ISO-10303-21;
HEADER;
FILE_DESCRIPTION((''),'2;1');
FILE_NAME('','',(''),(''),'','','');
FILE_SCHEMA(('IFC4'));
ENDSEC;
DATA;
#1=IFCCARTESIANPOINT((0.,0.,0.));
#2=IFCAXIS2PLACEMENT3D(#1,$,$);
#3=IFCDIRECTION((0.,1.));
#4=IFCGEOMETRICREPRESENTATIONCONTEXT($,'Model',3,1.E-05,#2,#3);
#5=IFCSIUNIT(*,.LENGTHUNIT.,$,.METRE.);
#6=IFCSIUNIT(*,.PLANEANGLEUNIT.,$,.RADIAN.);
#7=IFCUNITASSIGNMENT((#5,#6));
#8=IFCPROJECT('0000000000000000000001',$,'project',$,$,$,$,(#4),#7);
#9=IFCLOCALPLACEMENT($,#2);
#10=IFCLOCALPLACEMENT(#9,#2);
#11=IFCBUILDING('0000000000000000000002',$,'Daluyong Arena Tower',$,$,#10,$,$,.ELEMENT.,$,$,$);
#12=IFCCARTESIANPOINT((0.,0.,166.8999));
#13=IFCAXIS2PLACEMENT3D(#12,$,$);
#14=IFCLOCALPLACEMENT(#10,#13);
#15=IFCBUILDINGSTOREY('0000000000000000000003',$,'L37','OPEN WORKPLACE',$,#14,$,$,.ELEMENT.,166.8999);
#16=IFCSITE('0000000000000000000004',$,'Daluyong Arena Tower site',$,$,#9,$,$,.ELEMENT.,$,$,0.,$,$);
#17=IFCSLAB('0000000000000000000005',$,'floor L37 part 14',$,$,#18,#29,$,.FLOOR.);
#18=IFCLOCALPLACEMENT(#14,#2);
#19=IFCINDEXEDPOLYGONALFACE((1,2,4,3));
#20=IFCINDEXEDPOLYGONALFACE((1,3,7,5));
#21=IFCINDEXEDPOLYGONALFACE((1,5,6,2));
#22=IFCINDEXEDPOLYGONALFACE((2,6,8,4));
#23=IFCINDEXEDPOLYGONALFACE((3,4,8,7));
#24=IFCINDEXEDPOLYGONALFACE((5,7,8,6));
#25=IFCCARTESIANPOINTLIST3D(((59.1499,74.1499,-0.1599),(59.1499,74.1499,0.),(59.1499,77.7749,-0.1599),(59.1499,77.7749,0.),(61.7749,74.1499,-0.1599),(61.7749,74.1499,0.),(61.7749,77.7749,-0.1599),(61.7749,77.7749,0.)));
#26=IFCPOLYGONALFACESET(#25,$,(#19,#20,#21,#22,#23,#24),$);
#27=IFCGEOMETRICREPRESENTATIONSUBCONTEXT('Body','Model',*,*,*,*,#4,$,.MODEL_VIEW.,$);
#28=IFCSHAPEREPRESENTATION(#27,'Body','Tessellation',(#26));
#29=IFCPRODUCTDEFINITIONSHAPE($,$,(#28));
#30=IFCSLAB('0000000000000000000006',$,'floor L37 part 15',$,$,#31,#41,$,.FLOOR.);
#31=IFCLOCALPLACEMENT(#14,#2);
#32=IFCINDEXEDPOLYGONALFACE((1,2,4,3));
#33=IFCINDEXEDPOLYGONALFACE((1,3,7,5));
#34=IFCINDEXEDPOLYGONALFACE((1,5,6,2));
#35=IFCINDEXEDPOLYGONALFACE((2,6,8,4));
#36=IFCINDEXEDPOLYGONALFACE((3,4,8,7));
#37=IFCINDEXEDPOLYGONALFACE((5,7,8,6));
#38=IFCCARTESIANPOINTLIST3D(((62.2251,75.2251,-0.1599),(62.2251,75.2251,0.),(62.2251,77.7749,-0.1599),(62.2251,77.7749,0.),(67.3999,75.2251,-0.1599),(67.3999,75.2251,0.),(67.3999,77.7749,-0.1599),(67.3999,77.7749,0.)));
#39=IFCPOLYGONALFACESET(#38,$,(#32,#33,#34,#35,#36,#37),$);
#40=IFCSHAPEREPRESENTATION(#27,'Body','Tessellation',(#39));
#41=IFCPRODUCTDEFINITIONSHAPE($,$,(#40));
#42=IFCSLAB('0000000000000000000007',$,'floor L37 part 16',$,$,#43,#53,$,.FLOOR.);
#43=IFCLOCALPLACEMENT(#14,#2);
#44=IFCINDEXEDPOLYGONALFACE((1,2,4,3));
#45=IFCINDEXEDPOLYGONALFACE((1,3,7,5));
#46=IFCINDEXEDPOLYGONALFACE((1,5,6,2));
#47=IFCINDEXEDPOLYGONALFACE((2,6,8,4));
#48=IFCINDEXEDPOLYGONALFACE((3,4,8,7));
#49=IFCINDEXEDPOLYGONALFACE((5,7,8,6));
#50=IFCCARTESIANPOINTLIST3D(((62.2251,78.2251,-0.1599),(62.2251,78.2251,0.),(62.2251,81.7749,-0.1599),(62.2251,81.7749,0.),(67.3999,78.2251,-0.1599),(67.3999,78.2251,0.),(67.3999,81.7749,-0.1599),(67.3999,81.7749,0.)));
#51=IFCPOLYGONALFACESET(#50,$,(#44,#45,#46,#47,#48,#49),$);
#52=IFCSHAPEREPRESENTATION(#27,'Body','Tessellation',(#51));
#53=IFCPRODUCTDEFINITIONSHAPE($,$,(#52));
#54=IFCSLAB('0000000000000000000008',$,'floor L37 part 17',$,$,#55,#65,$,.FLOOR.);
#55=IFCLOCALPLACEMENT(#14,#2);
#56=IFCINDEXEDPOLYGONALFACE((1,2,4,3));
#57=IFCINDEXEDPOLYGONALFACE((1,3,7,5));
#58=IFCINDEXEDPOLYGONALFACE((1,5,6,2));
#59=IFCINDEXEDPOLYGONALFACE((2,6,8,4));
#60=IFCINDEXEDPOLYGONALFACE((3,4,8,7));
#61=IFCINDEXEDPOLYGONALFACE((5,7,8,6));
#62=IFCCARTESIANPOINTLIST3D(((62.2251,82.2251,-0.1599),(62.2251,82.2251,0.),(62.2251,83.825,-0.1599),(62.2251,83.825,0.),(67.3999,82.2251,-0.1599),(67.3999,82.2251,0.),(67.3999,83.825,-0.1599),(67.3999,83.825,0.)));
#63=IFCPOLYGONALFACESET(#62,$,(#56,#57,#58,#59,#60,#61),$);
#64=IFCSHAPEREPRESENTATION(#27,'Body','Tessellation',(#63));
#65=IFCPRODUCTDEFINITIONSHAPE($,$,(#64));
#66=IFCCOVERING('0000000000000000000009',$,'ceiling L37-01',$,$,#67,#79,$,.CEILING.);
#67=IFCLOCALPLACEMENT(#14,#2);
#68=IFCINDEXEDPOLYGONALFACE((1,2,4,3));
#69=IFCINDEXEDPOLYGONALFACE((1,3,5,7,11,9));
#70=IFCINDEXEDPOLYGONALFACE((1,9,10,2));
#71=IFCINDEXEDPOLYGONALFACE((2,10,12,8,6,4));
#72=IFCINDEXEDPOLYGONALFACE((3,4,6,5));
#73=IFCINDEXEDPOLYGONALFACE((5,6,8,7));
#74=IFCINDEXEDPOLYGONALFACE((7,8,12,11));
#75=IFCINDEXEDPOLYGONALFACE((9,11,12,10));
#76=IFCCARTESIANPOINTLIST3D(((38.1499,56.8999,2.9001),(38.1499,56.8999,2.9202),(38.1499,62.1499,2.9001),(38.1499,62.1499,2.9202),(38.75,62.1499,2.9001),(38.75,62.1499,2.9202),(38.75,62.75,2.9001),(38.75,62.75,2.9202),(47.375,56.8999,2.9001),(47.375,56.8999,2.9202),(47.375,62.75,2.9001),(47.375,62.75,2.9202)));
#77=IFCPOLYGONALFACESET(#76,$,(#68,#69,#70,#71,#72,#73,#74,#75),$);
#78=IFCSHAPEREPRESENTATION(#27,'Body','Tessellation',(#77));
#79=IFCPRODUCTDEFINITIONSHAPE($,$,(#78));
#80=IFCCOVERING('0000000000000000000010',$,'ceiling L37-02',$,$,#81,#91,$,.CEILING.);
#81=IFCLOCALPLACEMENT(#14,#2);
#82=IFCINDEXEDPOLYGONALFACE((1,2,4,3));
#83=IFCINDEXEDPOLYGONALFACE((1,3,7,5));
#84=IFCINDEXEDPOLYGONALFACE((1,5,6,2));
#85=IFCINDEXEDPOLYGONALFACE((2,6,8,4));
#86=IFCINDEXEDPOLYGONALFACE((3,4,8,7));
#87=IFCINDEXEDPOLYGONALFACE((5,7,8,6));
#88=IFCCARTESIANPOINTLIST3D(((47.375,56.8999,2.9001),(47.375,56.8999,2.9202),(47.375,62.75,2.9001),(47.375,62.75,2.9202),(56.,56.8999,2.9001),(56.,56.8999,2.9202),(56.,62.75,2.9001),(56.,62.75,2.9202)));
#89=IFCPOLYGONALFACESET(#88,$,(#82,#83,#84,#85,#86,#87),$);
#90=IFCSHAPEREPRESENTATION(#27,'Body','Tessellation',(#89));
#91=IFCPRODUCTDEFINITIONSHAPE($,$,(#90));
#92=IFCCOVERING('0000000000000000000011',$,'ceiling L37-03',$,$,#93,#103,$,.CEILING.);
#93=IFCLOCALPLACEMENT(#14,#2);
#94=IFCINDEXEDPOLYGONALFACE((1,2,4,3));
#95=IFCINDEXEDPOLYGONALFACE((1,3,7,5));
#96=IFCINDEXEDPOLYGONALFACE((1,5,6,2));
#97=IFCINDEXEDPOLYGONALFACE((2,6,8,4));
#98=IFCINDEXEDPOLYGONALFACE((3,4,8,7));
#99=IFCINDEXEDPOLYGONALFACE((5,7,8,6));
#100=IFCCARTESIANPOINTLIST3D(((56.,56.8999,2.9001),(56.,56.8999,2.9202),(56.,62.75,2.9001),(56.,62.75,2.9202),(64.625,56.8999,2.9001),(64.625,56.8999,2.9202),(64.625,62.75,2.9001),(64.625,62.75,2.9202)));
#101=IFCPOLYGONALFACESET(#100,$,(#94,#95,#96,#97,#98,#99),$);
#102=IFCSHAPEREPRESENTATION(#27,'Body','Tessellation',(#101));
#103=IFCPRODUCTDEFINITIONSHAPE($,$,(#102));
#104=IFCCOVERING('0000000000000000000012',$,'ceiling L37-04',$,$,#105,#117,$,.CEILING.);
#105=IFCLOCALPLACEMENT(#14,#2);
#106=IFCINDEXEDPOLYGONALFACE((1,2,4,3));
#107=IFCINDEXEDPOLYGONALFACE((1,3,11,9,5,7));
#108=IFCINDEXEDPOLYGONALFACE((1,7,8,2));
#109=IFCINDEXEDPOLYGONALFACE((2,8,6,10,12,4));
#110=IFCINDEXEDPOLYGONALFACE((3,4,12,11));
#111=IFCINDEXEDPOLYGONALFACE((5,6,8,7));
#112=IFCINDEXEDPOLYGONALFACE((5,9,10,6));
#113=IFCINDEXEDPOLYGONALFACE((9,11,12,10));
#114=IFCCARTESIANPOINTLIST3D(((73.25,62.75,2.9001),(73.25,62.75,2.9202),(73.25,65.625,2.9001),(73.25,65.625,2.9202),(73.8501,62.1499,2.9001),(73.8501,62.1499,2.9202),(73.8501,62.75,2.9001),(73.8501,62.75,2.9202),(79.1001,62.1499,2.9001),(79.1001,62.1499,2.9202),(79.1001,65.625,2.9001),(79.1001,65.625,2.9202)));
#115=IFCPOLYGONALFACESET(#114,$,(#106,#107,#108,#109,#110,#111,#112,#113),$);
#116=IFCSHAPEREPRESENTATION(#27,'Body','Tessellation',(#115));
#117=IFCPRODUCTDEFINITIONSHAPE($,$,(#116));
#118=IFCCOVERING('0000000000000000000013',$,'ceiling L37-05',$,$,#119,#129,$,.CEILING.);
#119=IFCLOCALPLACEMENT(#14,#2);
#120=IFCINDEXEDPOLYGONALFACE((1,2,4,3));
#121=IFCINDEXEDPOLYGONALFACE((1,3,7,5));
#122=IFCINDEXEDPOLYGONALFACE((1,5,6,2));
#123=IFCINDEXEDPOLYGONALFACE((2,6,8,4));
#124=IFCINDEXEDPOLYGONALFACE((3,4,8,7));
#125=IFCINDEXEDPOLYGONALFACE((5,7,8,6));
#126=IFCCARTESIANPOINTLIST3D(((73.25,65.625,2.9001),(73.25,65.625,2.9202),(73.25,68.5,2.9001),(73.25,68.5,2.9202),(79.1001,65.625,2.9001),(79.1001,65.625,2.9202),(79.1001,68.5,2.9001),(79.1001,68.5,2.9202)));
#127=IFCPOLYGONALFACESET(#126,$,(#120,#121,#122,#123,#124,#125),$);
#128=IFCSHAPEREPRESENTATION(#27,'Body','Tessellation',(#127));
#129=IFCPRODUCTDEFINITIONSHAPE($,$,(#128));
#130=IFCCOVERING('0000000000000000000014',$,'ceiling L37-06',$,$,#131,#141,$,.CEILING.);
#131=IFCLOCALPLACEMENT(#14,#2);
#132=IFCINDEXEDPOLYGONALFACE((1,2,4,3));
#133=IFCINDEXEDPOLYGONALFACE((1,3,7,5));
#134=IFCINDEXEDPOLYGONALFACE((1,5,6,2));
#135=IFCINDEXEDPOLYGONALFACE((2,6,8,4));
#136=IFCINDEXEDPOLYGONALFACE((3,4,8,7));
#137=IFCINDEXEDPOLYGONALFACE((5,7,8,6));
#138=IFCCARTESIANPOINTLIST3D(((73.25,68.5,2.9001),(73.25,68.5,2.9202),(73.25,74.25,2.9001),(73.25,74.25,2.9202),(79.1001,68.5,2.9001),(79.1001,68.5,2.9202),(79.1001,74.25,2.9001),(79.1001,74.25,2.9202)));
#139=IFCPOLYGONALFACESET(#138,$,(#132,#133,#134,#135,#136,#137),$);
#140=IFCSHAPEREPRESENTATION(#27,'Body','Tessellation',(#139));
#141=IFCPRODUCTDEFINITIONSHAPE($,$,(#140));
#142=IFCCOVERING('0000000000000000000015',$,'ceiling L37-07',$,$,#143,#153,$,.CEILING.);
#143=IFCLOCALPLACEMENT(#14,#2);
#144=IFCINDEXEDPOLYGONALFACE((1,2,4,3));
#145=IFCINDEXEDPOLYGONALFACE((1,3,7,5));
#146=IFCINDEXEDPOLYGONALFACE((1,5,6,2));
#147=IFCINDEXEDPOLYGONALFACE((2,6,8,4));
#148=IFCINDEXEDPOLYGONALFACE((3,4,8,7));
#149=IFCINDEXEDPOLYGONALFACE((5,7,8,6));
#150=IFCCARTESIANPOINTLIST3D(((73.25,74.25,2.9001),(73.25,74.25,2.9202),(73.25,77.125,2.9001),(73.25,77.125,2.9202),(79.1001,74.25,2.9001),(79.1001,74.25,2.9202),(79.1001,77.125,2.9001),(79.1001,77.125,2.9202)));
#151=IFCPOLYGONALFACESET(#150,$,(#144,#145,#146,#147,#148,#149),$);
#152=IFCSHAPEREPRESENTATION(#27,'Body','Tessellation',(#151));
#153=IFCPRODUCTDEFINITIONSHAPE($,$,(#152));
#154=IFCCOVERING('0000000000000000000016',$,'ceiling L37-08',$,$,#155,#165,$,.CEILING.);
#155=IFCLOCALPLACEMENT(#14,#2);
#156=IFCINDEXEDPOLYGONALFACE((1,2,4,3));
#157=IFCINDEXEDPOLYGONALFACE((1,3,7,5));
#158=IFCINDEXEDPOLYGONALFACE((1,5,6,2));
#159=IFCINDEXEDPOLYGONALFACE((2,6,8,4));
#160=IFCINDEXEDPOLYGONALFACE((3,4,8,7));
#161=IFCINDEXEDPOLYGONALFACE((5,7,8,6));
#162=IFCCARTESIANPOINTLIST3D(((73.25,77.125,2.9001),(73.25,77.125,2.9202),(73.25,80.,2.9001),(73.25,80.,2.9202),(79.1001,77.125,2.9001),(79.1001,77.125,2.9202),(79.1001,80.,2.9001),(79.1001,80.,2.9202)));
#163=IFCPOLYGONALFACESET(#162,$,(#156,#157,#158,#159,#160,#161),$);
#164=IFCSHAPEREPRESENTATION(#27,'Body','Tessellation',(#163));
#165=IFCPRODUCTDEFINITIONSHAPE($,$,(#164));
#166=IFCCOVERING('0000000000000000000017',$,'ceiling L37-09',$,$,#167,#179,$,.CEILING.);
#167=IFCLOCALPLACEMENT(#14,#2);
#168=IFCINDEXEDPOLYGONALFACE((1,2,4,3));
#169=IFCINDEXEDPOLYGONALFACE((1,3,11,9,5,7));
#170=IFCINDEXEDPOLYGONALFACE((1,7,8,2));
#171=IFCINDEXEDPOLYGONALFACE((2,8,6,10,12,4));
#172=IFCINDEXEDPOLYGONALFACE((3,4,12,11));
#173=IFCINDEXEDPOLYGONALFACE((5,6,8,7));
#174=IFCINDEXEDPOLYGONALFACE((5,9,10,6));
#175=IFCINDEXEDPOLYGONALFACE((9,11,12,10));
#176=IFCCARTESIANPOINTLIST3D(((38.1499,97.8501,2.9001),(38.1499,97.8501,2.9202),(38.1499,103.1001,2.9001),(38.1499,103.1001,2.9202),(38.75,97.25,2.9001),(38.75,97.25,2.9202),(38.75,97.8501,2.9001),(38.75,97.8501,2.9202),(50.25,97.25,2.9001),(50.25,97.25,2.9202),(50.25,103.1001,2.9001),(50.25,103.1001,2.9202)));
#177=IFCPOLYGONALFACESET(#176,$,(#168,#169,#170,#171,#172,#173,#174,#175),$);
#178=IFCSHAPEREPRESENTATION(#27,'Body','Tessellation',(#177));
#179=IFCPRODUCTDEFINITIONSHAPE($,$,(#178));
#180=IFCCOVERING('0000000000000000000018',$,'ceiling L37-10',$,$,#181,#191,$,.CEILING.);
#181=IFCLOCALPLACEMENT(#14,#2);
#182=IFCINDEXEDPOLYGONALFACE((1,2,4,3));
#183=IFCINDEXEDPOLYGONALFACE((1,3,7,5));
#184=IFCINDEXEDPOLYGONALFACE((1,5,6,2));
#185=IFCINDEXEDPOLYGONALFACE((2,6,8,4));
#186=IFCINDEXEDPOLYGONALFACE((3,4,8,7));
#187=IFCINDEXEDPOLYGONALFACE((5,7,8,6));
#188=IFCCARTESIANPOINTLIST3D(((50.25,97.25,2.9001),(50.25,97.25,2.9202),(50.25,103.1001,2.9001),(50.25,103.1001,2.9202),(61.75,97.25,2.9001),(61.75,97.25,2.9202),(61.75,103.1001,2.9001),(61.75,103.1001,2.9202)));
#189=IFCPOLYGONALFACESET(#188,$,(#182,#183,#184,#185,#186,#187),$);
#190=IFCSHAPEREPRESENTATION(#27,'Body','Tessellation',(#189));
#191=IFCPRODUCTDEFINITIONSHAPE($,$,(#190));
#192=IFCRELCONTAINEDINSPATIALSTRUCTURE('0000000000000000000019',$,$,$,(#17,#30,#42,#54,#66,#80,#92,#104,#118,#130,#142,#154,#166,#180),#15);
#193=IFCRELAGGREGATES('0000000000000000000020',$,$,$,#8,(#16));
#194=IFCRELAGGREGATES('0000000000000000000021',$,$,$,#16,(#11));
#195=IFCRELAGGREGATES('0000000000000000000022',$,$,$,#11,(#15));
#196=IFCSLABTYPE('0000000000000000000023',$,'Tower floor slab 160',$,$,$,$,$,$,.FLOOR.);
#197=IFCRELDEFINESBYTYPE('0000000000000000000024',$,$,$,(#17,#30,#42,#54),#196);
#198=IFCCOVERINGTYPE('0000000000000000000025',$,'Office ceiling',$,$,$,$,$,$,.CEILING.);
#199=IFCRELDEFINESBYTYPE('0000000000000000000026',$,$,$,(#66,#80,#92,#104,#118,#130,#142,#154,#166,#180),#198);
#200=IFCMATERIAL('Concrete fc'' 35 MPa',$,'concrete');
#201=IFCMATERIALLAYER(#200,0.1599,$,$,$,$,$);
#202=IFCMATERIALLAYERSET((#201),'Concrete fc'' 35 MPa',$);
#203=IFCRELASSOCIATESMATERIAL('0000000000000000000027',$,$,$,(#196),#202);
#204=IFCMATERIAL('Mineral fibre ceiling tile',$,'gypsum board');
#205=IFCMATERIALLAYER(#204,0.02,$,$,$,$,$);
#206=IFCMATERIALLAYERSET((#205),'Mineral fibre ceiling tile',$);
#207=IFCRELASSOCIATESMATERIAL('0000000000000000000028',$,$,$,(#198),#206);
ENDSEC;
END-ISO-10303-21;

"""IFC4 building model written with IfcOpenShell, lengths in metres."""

from ifc_helpers import new_model, si_unit, direction, frame, origin, place, context, subcontext, project, spatial, polyline, outline, extrude, material, layer, layer_set, type_object, element, save


model = new_model("IFC4")

# Units and contexts
model_context = context("Model", 3, precision=1e-05, world=origin(), true_north=direction((0.0, 1.0)))
body_context = subcontext(model_context, "Body", "Model", "MODEL_VIEW")
ifc_project = project(units=[si_unit("LENGTHUNIT", "METRE"), si_unit("PLANEANGLEUNIT", "RADIAN")], contexts=[model_context])

# Site, building, storey
site_placement = place(None, origin())
site = spatial("IfcSite", under=ifc_project, at=site_placement, Name="Daluyong Arena Tower site", CompositionType="ELEMENT", RefElevation=0.0)
building_placement = place(site_placement, origin())
building = spatial("IfcBuilding", under=site, at=building_placement, Name="Daluyong Arena Tower", CompositionType="ELEMENT")
storey_placement = place(building_placement, frame((0.0, 0.0, 166.8999)))
storey = spatial("IfcBuildingStorey", under=building, at=storey_placement, Name="L37", Description="OPEN WORKPLACE", CompositionType="ELEMENT", Elevation=166.8999)

# Slabs
ifc_material_1 = material(Name="Concrete fc' 35 MPa", Category="concrete")
ifc_layer_1 = layer(ifc_material_1, 0.1599)
ifc_layer_set_1 = layer_set([ifc_layer_1], Name="Concrete fc' 35 MPa")
slab_type = type_object("IfcSlabType", Name="Tower floor slab 160", PredefinedType="FLOOR", material=ifc_layer_set_1)
slab_1_placement = place(storey_placement, frame((0.0, 0.0, -0.1599)))
element("IfcSlab", 1, at=slab_1_placement, inside=storey, type_object=slab_type, Name="floor L37 part 14", PredefinedType="FLOOR", context=body_context, shape_type="SweptSolid", body=[
    extrude(outline(polyline([(59.1499, 77.7749), (59.1499, 74.1499), (61.7749, 74.1499), (61.7749, 77.7749), (59.1499, 77.7749)])), origin(), (0.0, 0.0, 1.0), 0.1599),
])
slab_2_placement = place(storey_placement, frame((0.0, 0.0, -0.1599)))
element("IfcSlab", 2, at=slab_2_placement, inside=storey, type_object=slab_type, Name="floor L37 part 15", PredefinedType="FLOOR", context=body_context, shape_type="SweptSolid", body=[
    extrude(outline(polyline([(62.2251, 75.2251), (67.3999, 75.2251), (67.3999, 77.7749), (62.2251, 77.7749), (62.2251, 75.2251)])), origin(), (0.0, 0.0, 1.0), 0.1599),
])
slab_3_placement = place(storey_placement, frame((0.0, 0.0, -0.1599)))
element("IfcSlab", 3, at=slab_3_placement, inside=storey, type_object=slab_type, Name="floor L37 part 16", PredefinedType="FLOOR", context=body_context, shape_type="SweptSolid", body=[
    extrude(outline(polyline([(62.2251, 78.2251), (67.3999, 78.2251), (67.3999, 81.7749), (62.2251, 81.7749), (62.2251, 78.2251)])), origin(), (0.0, 0.0, 1.0), 0.1599),
])
slab_4_placement = place(storey_placement, frame((0.0, 0.0, -0.1599)))
element("IfcSlab", 4, at=slab_4_placement, inside=storey, type_object=slab_type, Name="floor L37 part 17", PredefinedType="FLOOR", context=body_context, shape_type="SweptSolid", body=[
    extrude(outline(polyline([(62.2251, 82.2251), (67.3999, 82.2251), (67.3999, 83.825), (62.2251, 83.825), (62.2251, 82.2251)])), origin(), (0.0, 0.0, 1.0), 0.1599),
])

# Coverings
ifc_material_2 = material(Name="Mineral fibre ceiling tile", Category="gypsum board")
ifc_layer_2 = layer(ifc_material_2, 0.02)
ifc_layer_set_2 = layer_set([ifc_layer_2], Name="Mineral fibre ceiling tile")
covering_type = type_object("IfcCoveringType", Name="Office ceiling", PredefinedType="CEILING", material=ifc_layer_set_2)
covering_1_placement = place(storey_placement, frame((0.0, 0.0, 2.9001)))
element("IfcCovering", 5, at=covering_1_placement, inside=storey, type_object=covering_type, Name="ceiling L37-01", PredefinedType="CEILING", context=body_context, shape_type="SweptSolid", body=[
    extrude(outline(polyline([(38.1499, 62.1499), (38.1499, 56.8999), (47.375, 56.8999), (47.375, 62.75), (38.75, 62.75), (38.75, 62.1499), (38.1499, 62.1499)])), origin(), (0.0, 0.0, 1.0), 0.02),
])
covering_2_placement = place(storey_placement, frame((0.0, 0.0, 2.9001)))
element("IfcCovering", 6, at=covering_2_placement, inside=storey, type_object=covering_type, Name="ceiling L37-02", PredefinedType="CEILING", context=body_context, shape_type="SweptSolid", body=[
    extrude(outline(polyline([(47.375, 62.75), (47.375, 56.8999), (56.0, 56.8999), (56.0, 62.75), (47.375, 62.75)])), origin(), (0.0, 0.0, 1.0), 0.02),
])
covering_3_placement = place(storey_placement, frame((0.0, 0.0, 2.9001)))
element("IfcCovering", 7, at=covering_3_placement, inside=storey, type_object=covering_type, Name="ceiling L37-03", PredefinedType="CEILING", context=body_context, shape_type="SweptSolid", body=[
    extrude(outline(polyline([(56.0, 62.75), (56.0, 56.8999), (64.625, 56.8999), (64.625, 62.75), (56.0, 62.75)])), origin(), (0.0, 0.0, 1.0), 0.02),
])
covering_4_placement = place(storey_placement, frame((0.0, 0.0, 2.9001)))
element("IfcCovering", 8, at=covering_4_placement, inside=storey, type_object=covering_type, Name="ceiling L37-04", PredefinedType="CEILING", context=body_context, shape_type="SweptSolid", body=[
    extrude(outline(polyline([(73.8501, 62.1499), (79.1001, 62.1499), (79.1001, 65.625), (73.25, 65.625), (73.25, 62.75), (73.8501, 62.75), (73.8501, 62.1499)])), origin(), (0.0, 0.0, 1.0), 0.02),
])
covering_5_placement = place(storey_placement, frame((0.0, 0.0, 2.9001)))
element("IfcCovering", 9, at=covering_5_placement, inside=storey, type_object=covering_type, Name="ceiling L37-05", PredefinedType="CEILING", context=body_context, shape_type="SweptSolid", body=[
    extrude(outline(polyline([(73.25, 65.625), (79.1001, 65.625), (79.1001, 68.5), (73.25, 68.5), (73.25, 65.625)])), origin(), (0.0, 0.0, 1.0), 0.02),
])
covering_6_placement = place(storey_placement, frame((0.0, 0.0, 2.9001)))
element("IfcCovering", 10, at=covering_6_placement, inside=storey, type_object=covering_type, Name="ceiling L37-06", PredefinedType="CEILING", context=body_context, shape_type="SweptSolid", body=[
    extrude(outline(polyline([(73.25, 68.5), (79.1001, 68.5), (79.1001, 74.25), (73.25, 74.25), (73.25, 68.5)])), origin(), (0.0, 0.0, 1.0), 0.02),
])
covering_7_placement = place(storey_placement, frame((0.0, 0.0, 2.9001)))
element("IfcCovering", 11, at=covering_7_placement, inside=storey, type_object=covering_type, Name="ceiling L37-07", PredefinedType="CEILING", context=body_context, shape_type="SweptSolid", body=[
    extrude(outline(polyline([(73.25, 74.25), (79.1001, 74.25), (79.1001, 77.125), (73.25, 77.125), (73.25, 74.25)])), origin(), (0.0, 0.0, 1.0), 0.02),
])
covering_8_placement = place(storey_placement, frame((0.0, 0.0, 2.9001)))
element("IfcCovering", 12, at=covering_8_placement, inside=storey, type_object=covering_type, Name="ceiling L37-08", PredefinedType="CEILING", context=body_context, shape_type="SweptSolid", body=[
    extrude(outline(polyline([(73.25, 77.125), (79.1001, 77.125), (79.1001, 80.0), (73.25, 80.0), (73.25, 77.125)])), origin(), (0.0, 0.0, 1.0), 0.02),
])
covering_9_placement = place(storey_placement, frame((0.0, 0.0, 2.9001)))
element("IfcCovering", 13, at=covering_9_placement, inside=storey, type_object=covering_type, Name="ceiling L37-09", PredefinedType="CEILING", context=body_context, shape_type="SweptSolid", body=[
    extrude(outline(polyline([(50.25, 97.25), (50.25, 103.1001), (38.1499, 103.1001), (38.1499, 97.8501), (38.75, 97.8501), (38.75, 97.25), (50.25, 97.25)])), origin(), (0.0, 0.0, 1.0), 0.02),
])
covering_10_placement = place(storey_placement, frame((0.0, 0.0, 2.9001)))
element("IfcCovering", 14, at=covering_10_placement, inside=storey, type_object=covering_type, Name="ceiling L37-10", PredefinedType="CEILING", context=body_context, shape_type="SweptSolid", body=[
    extrude(outline(polyline([(61.75, 97.25), (61.75, 103.1001), (50.25, 103.1001), (50.25, 97.25), (61.75, 97.25)])), origin(), (0.0, 0.0, 1.0), 0.02),
])

save(model, "model.ifc")
